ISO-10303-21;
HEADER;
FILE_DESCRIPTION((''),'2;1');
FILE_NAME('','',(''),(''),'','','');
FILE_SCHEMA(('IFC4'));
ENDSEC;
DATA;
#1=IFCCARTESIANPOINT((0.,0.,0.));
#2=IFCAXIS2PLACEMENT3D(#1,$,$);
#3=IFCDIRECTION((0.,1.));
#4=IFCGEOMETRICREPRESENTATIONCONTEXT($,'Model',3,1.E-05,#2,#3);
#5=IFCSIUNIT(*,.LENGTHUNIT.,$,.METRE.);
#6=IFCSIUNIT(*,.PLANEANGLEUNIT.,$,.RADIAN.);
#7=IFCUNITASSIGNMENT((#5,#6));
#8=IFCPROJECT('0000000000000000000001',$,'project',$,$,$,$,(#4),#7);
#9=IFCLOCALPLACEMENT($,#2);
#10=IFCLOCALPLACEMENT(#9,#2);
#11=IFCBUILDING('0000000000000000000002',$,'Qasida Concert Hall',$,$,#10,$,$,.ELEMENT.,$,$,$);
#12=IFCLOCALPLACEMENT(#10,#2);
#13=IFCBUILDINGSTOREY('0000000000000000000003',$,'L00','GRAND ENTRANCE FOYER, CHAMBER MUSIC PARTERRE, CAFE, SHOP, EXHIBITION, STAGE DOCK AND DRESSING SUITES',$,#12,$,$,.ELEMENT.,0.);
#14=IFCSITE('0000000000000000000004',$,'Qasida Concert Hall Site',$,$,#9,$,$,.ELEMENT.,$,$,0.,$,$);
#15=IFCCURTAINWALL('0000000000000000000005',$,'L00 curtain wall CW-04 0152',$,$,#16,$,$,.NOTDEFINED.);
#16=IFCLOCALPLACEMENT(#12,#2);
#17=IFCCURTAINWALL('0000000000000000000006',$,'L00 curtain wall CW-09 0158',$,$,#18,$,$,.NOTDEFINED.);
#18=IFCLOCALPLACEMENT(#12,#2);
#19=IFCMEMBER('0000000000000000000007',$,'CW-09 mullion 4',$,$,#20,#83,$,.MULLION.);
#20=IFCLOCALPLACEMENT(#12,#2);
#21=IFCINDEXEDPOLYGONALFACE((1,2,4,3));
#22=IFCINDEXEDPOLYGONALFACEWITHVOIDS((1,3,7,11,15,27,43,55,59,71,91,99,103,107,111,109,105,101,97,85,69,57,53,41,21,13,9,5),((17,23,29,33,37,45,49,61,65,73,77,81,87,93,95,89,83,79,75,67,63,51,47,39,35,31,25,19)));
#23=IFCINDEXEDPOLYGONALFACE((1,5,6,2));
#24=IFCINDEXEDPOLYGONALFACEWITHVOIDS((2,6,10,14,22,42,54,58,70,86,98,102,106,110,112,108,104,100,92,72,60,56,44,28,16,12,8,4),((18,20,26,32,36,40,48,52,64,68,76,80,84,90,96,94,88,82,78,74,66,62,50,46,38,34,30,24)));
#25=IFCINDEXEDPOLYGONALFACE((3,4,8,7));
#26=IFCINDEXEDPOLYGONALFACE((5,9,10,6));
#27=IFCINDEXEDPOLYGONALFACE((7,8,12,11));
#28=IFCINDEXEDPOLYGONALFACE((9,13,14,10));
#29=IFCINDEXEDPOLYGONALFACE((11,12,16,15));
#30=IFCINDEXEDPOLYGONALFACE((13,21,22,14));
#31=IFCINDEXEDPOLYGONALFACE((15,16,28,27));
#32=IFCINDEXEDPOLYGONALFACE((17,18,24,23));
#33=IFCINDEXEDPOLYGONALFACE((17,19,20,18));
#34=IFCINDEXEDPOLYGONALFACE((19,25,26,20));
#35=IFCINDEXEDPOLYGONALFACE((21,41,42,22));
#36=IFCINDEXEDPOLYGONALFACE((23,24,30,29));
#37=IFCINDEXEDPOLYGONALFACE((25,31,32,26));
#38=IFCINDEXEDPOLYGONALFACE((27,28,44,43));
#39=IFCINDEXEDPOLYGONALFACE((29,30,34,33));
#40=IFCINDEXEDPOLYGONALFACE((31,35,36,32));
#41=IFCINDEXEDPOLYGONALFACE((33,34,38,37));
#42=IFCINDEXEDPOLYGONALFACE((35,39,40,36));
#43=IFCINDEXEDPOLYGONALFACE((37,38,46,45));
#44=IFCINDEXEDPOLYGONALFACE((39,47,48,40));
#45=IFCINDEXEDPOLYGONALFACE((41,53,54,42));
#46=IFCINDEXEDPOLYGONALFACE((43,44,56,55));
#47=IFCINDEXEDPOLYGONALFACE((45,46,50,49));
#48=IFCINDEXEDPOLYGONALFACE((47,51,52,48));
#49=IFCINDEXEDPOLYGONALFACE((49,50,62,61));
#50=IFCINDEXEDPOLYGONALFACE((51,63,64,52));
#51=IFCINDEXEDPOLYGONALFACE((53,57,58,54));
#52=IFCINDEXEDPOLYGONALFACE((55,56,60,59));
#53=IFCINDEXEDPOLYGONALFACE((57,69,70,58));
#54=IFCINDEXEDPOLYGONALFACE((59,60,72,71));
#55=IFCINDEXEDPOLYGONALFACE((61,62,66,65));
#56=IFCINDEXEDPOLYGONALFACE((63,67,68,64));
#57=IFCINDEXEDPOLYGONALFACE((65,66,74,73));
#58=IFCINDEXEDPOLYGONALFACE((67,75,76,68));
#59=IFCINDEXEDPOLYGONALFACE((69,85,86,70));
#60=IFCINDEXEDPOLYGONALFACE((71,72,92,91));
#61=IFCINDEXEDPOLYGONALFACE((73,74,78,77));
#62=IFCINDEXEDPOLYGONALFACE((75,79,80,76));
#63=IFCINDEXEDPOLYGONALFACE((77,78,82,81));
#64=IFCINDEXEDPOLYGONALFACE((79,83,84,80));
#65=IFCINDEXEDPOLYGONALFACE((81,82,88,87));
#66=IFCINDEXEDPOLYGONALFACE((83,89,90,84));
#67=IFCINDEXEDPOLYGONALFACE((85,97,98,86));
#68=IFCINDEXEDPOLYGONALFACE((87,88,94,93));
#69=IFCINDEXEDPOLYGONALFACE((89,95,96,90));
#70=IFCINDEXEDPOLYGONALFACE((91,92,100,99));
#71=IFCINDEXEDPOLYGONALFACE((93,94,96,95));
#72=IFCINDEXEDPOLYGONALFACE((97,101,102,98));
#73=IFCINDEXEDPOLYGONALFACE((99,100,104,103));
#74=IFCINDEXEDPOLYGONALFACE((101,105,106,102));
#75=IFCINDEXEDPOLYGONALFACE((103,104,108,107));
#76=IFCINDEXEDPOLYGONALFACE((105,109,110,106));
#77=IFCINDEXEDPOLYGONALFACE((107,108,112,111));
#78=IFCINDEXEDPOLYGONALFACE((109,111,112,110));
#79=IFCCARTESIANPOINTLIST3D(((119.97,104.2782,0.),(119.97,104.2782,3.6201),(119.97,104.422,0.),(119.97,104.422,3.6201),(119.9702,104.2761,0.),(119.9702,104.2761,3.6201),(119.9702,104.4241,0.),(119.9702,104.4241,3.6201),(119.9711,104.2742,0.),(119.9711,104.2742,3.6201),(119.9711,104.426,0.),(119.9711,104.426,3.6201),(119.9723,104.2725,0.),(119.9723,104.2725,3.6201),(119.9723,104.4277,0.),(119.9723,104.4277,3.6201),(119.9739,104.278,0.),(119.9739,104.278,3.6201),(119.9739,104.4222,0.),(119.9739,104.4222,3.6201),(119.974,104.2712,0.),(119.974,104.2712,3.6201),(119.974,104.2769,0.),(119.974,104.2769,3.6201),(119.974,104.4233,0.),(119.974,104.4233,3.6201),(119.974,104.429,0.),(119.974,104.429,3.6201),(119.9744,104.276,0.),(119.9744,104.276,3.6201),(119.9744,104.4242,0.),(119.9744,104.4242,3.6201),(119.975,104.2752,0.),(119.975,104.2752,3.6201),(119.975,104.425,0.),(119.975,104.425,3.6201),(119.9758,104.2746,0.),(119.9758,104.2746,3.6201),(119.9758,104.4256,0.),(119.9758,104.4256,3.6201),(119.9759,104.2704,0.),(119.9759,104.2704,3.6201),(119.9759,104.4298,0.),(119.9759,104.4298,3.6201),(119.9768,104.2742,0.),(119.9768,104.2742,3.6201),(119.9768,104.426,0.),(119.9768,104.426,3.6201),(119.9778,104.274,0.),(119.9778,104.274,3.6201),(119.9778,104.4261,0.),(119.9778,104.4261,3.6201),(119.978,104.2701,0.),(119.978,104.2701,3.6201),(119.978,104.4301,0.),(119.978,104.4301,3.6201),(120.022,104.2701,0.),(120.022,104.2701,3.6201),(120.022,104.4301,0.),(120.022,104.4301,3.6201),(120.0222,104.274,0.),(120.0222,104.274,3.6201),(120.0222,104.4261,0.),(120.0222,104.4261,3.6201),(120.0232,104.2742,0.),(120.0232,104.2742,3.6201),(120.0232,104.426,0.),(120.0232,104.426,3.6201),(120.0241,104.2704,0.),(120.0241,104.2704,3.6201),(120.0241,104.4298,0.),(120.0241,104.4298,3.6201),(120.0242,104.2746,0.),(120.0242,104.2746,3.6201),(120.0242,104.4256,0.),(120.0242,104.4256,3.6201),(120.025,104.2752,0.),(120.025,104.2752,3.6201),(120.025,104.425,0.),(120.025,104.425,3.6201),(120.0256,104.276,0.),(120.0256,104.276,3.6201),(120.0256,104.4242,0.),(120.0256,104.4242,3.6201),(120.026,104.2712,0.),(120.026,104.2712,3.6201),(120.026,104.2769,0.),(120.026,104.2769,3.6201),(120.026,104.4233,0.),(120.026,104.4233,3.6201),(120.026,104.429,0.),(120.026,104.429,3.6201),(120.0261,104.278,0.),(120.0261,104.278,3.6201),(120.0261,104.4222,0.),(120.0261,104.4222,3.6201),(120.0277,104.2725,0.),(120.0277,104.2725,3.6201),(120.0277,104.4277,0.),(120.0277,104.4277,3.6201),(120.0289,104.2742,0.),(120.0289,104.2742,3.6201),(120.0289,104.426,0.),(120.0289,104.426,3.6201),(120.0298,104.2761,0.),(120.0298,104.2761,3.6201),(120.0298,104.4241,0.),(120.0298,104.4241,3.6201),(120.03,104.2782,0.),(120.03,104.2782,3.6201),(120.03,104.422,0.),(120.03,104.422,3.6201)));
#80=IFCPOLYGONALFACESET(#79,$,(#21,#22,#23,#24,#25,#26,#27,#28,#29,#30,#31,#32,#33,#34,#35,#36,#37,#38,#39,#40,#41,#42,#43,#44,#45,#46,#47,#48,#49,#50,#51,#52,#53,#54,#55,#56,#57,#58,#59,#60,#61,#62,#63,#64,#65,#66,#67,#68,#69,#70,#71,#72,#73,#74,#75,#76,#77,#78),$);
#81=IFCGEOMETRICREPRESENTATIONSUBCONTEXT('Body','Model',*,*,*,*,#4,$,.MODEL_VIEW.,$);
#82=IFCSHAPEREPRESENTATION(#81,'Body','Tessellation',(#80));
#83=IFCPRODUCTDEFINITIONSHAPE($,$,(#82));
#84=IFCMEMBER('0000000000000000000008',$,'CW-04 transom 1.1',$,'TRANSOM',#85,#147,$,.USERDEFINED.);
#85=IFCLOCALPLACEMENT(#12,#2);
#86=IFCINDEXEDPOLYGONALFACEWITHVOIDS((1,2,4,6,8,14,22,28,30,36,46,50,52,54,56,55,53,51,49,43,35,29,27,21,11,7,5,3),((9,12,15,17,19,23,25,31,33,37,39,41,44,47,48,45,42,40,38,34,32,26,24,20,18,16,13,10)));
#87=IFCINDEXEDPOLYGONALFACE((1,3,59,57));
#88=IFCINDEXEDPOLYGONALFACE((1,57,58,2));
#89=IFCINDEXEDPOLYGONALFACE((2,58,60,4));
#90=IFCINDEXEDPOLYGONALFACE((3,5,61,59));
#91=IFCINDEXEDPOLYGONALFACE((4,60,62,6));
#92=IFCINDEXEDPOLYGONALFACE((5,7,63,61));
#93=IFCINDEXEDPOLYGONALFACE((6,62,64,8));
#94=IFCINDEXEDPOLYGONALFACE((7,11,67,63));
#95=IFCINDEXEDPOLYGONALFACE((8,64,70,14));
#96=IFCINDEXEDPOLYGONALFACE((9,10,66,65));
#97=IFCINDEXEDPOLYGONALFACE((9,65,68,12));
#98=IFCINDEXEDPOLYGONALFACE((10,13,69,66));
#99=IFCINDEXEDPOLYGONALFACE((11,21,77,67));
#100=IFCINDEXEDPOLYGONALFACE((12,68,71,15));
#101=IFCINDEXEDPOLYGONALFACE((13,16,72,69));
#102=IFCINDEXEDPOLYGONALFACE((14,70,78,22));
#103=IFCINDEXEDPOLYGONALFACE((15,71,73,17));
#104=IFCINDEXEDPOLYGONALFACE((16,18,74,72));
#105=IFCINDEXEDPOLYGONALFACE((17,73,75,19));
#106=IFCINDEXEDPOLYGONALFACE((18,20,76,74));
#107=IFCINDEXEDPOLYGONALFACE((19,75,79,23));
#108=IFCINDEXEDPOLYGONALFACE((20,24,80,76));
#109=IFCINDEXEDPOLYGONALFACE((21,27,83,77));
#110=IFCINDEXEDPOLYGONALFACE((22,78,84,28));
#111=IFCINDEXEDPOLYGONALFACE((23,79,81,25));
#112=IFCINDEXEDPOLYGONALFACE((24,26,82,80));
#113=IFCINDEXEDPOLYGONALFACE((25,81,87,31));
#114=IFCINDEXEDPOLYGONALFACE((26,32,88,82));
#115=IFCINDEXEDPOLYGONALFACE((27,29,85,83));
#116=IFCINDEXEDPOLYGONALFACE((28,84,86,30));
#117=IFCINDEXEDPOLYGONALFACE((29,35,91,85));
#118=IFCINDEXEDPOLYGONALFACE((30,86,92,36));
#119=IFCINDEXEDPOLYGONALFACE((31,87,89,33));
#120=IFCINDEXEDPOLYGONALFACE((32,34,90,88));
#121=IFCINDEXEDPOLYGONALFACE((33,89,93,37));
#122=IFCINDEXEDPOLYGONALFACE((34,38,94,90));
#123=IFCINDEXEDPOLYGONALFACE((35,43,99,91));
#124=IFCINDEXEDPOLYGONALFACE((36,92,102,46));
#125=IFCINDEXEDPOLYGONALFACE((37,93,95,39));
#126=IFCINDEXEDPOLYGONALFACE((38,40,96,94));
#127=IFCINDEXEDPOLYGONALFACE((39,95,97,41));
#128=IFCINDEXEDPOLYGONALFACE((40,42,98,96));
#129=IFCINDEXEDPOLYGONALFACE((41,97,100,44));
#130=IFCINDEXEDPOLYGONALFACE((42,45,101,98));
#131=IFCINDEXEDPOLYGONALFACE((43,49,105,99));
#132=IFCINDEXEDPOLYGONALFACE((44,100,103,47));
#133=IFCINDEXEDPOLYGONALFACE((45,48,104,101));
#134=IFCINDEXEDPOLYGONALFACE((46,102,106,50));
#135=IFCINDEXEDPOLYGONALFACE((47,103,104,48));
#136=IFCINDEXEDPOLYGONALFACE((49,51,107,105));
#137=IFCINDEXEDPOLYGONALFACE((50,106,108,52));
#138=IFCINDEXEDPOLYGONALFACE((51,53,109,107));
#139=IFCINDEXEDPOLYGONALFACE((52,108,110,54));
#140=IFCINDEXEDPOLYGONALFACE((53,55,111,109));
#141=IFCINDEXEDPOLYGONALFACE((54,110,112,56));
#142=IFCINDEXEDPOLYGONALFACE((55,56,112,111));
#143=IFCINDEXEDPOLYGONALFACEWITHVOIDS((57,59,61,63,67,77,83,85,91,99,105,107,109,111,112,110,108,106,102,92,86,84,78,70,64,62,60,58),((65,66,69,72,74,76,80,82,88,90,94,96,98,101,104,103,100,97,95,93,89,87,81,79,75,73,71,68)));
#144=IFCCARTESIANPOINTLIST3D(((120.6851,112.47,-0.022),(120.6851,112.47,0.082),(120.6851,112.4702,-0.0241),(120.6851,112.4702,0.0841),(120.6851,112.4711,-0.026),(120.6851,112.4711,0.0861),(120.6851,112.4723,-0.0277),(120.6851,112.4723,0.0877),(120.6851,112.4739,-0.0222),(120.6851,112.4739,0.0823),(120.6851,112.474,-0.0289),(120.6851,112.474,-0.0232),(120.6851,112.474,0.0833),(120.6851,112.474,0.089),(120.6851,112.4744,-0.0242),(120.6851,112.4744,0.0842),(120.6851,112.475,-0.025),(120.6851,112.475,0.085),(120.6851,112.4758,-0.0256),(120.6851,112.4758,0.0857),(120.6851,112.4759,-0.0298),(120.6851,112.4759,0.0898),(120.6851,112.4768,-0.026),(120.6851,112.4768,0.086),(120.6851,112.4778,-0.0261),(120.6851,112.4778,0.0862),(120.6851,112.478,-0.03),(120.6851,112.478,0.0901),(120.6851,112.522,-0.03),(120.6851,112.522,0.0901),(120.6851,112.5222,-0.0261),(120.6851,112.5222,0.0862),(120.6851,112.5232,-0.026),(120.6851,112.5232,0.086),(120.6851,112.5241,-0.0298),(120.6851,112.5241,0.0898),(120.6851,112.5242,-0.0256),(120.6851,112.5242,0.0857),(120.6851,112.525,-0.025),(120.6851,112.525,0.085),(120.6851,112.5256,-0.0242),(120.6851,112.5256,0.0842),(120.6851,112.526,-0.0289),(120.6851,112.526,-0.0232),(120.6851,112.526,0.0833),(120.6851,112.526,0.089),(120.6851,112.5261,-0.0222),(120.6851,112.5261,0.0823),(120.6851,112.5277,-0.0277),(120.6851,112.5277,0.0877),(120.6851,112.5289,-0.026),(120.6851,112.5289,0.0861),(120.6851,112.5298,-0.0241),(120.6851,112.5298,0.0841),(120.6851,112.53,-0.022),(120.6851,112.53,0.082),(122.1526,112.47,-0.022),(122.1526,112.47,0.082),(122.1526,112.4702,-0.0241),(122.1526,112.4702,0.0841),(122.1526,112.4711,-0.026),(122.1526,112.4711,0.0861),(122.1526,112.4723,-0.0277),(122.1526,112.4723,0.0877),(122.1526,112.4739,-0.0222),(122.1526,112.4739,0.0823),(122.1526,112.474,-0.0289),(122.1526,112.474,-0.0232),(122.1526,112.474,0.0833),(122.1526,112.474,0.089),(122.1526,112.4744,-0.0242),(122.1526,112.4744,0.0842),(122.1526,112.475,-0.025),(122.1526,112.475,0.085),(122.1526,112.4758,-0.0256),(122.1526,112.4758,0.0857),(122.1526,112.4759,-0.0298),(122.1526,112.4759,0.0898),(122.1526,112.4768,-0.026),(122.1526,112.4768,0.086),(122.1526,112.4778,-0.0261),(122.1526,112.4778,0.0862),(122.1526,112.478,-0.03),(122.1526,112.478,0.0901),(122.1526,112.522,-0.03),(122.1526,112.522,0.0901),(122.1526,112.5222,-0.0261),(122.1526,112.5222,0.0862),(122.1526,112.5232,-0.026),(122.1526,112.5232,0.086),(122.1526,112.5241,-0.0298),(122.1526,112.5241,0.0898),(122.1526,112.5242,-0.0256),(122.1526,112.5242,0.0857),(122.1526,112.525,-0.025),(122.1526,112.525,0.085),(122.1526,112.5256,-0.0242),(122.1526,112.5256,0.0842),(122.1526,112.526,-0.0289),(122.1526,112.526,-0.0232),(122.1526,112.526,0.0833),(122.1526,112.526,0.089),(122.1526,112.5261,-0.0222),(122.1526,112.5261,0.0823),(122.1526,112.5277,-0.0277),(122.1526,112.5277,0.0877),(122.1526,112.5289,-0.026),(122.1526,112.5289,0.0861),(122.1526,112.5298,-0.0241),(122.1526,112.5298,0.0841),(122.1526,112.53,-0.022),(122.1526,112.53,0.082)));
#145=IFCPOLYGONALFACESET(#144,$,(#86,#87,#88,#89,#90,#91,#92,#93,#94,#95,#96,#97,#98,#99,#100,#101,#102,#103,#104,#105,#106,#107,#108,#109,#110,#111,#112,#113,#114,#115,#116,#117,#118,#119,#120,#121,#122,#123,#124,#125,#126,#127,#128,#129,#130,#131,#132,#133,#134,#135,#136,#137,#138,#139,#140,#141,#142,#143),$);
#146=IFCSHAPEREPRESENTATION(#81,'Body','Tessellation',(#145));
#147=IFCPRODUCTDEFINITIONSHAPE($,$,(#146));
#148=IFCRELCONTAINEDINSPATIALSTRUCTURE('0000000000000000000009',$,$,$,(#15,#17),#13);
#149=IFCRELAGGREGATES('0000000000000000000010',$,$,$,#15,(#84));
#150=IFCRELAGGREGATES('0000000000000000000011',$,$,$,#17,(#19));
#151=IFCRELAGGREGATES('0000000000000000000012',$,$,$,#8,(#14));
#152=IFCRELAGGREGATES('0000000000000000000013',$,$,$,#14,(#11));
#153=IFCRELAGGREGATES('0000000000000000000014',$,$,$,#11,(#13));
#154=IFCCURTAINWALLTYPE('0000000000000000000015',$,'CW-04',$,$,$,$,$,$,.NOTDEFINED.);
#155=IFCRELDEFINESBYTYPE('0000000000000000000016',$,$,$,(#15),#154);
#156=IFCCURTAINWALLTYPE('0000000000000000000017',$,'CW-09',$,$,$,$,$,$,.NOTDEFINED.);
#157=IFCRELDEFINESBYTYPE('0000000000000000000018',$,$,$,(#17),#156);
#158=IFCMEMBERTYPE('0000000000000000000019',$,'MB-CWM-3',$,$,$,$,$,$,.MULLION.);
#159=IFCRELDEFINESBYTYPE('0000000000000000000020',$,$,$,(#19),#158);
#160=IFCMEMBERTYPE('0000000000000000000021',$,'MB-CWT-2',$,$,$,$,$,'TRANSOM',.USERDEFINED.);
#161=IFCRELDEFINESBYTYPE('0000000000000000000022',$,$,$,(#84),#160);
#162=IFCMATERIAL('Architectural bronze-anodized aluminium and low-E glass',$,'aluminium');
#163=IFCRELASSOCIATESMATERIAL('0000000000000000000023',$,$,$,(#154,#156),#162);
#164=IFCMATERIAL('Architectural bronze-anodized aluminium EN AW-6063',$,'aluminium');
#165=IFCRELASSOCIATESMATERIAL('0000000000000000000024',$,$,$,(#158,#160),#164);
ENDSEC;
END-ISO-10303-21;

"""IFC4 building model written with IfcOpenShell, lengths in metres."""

from ifc_helpers import new_model, si_unit, direction, frame, origin, origin_2d, place, context, subcontext, project, spatial, hollow_rectangle, extrude, material, material_profile, profile_set, type_object, element, aggregate, save


model = new_model("IFC4")

# Units and contexts
model_context = context("Model", 3, precision=1e-05, world=origin(), true_north=direction((0.0, 1.0)))
body_context = subcontext(model_context, "Body", "Model", "MODEL_VIEW")
ifc_project = project(units=[si_unit("LENGTHUNIT", "METRE"), si_unit("PLANEANGLEUNIT", "RADIAN")], contexts=[model_context])

# Site, building, storey
site_placement = place(None, origin())
site = spatial("IfcSite", under=ifc_project, at=site_placement, Name="Qasida Concert Hall Site", CompositionType="ELEMENT", RefElevation=0.0)
building_placement = place(site_placement, origin())
building = spatial("IfcBuilding", under=site, at=building_placement, Name="Qasida Concert Hall", CompositionType="ELEMENT")
storey_placement = place(building_placement, origin())
storey = spatial("IfcBuildingStorey", under=building, at=storey_placement, Name="L00", Description="GRAND ENTRANCE FOYER, CHAMBER MUSIC PARTERRE, CAFE, SHOP, EXHIBITION, STAGE DOCK AND DRESSING SUITES", CompositionType="ELEMENT", Elevation=0.0)

# Curtain wall
ifc_material_1 = material(Name="Architectural bronze-anodized aluminium and low-E glass", Category="aluminium")
curtain_wall_type_1 = type_object("IfcCurtainWallType", Name="CW-04", PredefinedType="NOTDEFINED", material=ifc_material_1)
curtain_wall_1_placement = place(storey_placement, origin())
curtain_wall_1 = element("IfcCurtainWall", 1, at=curtain_wall_1_placement, inside=storey, type_object=curtain_wall_type_1, Name="L00 curtain wall CW-04 0152", PredefinedType="NOTDEFINED")
ifc_material_2 = material(Name="Architectural bronze-anodized aluminium EN AW-6063", Category="aluminium")

# Curtain wall, member
curtain_wall_type_2 = type_object("IfcCurtainWallType", Name="CW-09", PredefinedType="NOTDEFINED", material=ifc_material_1)
curtain_wall_2_placement = place(storey_placement, origin())
curtain_wall_2 = element("IfcCurtainWall", 2, at=curtain_wall_2_placement, inside=storey, type_object=curtain_wall_type_2, Name="L00 curtain wall CW-09 0158", PredefinedType="NOTDEFINED")
ifc_material_profile_1 = material_profile(ifc_material_2, hollow_rectangle(XDim=0.0601, YDim=0.1599, WallThickness=0.0039, InnerFilletRadius=0.0039, OuterFilletRadius=0.0081, at=origin_2d()), Name="CWM 160x60x4")
ifc_profile_set_1 = profile_set([ifc_material_profile_1], Name="Architectural bronze-anodized aluminium EN AW-6063")
member_type_1 = type_object("IfcMemberType", Name="MB-CWM-3", PredefinedType="MULLION", material=ifc_profile_set_1)
member_1_placement = place(storey_placement, frame((120.0, 104.3501, 0.0), z_axis=(0.0, 0.0, 1.0), x_axis=(-1.0, 0.0, 0.0)))
member_1 = element("IfcMember", 3, at=member_1_placement, type_object=member_type_1, Name="CW-09 mullion 4", PredefinedType="MULLION", context=body_context, shape_type="SweptSolid", body=[
    extrude(hollow_rectangle(XDim=0.0601, YDim=0.1599, WallThickness=0.0039, InnerFilletRadius=0.0039, OuterFilletRadius=0.0081, at=origin_2d()), origin(), (0.0, 0.0, 1.0), 3.6201),
])

# Member
ifc_material_profile_2 = material_profile(ifc_material_2, hollow_rectangle(XDim=0.0601, YDim=0.1201, WallThickness=0.0039, InnerFilletRadius=0.0039, OuterFilletRadius=0.0081, at=origin_2d()), Name="CWT 120x60x4")
ifc_profile_set_2 = profile_set([ifc_material_profile_2], Name="Architectural bronze-anodized aluminium EN AW-6063")
member_type_2 = type_object("IfcMemberType", Name="MB-CWT-2", ElementType="TRANSOM", PredefinedType="USERDEFINED", material=ifc_profile_set_2)
member_2_placement = place(storey_placement, frame((120.6851, 112.5, 0.03), z_axis=(1.0, 0.0, 0.0), x_axis=(0.0, 1.0, 0.0)))
member_2 = element("IfcMember", 4, at=member_2_placement, type_object=member_type_2, Name="CW-04 transom 1.1", ObjectType="TRANSOM", PredefinedType="USERDEFINED", context=body_context, shape_type="SweptSolid", body=[
    extrude(hollow_rectangle(XDim=0.0601, YDim=0.1201, WallThickness=0.0039, InnerFilletRadius=0.0039, OuterFilletRadius=0.0081, at=origin_2d()), origin(), (0.0, 0.0, 1.0), 1.4675),
])

aggregate(curtain_wall_1, [member_2])
aggregate(curtain_wall_2, [member_1])

save(model, "model.ifc")
